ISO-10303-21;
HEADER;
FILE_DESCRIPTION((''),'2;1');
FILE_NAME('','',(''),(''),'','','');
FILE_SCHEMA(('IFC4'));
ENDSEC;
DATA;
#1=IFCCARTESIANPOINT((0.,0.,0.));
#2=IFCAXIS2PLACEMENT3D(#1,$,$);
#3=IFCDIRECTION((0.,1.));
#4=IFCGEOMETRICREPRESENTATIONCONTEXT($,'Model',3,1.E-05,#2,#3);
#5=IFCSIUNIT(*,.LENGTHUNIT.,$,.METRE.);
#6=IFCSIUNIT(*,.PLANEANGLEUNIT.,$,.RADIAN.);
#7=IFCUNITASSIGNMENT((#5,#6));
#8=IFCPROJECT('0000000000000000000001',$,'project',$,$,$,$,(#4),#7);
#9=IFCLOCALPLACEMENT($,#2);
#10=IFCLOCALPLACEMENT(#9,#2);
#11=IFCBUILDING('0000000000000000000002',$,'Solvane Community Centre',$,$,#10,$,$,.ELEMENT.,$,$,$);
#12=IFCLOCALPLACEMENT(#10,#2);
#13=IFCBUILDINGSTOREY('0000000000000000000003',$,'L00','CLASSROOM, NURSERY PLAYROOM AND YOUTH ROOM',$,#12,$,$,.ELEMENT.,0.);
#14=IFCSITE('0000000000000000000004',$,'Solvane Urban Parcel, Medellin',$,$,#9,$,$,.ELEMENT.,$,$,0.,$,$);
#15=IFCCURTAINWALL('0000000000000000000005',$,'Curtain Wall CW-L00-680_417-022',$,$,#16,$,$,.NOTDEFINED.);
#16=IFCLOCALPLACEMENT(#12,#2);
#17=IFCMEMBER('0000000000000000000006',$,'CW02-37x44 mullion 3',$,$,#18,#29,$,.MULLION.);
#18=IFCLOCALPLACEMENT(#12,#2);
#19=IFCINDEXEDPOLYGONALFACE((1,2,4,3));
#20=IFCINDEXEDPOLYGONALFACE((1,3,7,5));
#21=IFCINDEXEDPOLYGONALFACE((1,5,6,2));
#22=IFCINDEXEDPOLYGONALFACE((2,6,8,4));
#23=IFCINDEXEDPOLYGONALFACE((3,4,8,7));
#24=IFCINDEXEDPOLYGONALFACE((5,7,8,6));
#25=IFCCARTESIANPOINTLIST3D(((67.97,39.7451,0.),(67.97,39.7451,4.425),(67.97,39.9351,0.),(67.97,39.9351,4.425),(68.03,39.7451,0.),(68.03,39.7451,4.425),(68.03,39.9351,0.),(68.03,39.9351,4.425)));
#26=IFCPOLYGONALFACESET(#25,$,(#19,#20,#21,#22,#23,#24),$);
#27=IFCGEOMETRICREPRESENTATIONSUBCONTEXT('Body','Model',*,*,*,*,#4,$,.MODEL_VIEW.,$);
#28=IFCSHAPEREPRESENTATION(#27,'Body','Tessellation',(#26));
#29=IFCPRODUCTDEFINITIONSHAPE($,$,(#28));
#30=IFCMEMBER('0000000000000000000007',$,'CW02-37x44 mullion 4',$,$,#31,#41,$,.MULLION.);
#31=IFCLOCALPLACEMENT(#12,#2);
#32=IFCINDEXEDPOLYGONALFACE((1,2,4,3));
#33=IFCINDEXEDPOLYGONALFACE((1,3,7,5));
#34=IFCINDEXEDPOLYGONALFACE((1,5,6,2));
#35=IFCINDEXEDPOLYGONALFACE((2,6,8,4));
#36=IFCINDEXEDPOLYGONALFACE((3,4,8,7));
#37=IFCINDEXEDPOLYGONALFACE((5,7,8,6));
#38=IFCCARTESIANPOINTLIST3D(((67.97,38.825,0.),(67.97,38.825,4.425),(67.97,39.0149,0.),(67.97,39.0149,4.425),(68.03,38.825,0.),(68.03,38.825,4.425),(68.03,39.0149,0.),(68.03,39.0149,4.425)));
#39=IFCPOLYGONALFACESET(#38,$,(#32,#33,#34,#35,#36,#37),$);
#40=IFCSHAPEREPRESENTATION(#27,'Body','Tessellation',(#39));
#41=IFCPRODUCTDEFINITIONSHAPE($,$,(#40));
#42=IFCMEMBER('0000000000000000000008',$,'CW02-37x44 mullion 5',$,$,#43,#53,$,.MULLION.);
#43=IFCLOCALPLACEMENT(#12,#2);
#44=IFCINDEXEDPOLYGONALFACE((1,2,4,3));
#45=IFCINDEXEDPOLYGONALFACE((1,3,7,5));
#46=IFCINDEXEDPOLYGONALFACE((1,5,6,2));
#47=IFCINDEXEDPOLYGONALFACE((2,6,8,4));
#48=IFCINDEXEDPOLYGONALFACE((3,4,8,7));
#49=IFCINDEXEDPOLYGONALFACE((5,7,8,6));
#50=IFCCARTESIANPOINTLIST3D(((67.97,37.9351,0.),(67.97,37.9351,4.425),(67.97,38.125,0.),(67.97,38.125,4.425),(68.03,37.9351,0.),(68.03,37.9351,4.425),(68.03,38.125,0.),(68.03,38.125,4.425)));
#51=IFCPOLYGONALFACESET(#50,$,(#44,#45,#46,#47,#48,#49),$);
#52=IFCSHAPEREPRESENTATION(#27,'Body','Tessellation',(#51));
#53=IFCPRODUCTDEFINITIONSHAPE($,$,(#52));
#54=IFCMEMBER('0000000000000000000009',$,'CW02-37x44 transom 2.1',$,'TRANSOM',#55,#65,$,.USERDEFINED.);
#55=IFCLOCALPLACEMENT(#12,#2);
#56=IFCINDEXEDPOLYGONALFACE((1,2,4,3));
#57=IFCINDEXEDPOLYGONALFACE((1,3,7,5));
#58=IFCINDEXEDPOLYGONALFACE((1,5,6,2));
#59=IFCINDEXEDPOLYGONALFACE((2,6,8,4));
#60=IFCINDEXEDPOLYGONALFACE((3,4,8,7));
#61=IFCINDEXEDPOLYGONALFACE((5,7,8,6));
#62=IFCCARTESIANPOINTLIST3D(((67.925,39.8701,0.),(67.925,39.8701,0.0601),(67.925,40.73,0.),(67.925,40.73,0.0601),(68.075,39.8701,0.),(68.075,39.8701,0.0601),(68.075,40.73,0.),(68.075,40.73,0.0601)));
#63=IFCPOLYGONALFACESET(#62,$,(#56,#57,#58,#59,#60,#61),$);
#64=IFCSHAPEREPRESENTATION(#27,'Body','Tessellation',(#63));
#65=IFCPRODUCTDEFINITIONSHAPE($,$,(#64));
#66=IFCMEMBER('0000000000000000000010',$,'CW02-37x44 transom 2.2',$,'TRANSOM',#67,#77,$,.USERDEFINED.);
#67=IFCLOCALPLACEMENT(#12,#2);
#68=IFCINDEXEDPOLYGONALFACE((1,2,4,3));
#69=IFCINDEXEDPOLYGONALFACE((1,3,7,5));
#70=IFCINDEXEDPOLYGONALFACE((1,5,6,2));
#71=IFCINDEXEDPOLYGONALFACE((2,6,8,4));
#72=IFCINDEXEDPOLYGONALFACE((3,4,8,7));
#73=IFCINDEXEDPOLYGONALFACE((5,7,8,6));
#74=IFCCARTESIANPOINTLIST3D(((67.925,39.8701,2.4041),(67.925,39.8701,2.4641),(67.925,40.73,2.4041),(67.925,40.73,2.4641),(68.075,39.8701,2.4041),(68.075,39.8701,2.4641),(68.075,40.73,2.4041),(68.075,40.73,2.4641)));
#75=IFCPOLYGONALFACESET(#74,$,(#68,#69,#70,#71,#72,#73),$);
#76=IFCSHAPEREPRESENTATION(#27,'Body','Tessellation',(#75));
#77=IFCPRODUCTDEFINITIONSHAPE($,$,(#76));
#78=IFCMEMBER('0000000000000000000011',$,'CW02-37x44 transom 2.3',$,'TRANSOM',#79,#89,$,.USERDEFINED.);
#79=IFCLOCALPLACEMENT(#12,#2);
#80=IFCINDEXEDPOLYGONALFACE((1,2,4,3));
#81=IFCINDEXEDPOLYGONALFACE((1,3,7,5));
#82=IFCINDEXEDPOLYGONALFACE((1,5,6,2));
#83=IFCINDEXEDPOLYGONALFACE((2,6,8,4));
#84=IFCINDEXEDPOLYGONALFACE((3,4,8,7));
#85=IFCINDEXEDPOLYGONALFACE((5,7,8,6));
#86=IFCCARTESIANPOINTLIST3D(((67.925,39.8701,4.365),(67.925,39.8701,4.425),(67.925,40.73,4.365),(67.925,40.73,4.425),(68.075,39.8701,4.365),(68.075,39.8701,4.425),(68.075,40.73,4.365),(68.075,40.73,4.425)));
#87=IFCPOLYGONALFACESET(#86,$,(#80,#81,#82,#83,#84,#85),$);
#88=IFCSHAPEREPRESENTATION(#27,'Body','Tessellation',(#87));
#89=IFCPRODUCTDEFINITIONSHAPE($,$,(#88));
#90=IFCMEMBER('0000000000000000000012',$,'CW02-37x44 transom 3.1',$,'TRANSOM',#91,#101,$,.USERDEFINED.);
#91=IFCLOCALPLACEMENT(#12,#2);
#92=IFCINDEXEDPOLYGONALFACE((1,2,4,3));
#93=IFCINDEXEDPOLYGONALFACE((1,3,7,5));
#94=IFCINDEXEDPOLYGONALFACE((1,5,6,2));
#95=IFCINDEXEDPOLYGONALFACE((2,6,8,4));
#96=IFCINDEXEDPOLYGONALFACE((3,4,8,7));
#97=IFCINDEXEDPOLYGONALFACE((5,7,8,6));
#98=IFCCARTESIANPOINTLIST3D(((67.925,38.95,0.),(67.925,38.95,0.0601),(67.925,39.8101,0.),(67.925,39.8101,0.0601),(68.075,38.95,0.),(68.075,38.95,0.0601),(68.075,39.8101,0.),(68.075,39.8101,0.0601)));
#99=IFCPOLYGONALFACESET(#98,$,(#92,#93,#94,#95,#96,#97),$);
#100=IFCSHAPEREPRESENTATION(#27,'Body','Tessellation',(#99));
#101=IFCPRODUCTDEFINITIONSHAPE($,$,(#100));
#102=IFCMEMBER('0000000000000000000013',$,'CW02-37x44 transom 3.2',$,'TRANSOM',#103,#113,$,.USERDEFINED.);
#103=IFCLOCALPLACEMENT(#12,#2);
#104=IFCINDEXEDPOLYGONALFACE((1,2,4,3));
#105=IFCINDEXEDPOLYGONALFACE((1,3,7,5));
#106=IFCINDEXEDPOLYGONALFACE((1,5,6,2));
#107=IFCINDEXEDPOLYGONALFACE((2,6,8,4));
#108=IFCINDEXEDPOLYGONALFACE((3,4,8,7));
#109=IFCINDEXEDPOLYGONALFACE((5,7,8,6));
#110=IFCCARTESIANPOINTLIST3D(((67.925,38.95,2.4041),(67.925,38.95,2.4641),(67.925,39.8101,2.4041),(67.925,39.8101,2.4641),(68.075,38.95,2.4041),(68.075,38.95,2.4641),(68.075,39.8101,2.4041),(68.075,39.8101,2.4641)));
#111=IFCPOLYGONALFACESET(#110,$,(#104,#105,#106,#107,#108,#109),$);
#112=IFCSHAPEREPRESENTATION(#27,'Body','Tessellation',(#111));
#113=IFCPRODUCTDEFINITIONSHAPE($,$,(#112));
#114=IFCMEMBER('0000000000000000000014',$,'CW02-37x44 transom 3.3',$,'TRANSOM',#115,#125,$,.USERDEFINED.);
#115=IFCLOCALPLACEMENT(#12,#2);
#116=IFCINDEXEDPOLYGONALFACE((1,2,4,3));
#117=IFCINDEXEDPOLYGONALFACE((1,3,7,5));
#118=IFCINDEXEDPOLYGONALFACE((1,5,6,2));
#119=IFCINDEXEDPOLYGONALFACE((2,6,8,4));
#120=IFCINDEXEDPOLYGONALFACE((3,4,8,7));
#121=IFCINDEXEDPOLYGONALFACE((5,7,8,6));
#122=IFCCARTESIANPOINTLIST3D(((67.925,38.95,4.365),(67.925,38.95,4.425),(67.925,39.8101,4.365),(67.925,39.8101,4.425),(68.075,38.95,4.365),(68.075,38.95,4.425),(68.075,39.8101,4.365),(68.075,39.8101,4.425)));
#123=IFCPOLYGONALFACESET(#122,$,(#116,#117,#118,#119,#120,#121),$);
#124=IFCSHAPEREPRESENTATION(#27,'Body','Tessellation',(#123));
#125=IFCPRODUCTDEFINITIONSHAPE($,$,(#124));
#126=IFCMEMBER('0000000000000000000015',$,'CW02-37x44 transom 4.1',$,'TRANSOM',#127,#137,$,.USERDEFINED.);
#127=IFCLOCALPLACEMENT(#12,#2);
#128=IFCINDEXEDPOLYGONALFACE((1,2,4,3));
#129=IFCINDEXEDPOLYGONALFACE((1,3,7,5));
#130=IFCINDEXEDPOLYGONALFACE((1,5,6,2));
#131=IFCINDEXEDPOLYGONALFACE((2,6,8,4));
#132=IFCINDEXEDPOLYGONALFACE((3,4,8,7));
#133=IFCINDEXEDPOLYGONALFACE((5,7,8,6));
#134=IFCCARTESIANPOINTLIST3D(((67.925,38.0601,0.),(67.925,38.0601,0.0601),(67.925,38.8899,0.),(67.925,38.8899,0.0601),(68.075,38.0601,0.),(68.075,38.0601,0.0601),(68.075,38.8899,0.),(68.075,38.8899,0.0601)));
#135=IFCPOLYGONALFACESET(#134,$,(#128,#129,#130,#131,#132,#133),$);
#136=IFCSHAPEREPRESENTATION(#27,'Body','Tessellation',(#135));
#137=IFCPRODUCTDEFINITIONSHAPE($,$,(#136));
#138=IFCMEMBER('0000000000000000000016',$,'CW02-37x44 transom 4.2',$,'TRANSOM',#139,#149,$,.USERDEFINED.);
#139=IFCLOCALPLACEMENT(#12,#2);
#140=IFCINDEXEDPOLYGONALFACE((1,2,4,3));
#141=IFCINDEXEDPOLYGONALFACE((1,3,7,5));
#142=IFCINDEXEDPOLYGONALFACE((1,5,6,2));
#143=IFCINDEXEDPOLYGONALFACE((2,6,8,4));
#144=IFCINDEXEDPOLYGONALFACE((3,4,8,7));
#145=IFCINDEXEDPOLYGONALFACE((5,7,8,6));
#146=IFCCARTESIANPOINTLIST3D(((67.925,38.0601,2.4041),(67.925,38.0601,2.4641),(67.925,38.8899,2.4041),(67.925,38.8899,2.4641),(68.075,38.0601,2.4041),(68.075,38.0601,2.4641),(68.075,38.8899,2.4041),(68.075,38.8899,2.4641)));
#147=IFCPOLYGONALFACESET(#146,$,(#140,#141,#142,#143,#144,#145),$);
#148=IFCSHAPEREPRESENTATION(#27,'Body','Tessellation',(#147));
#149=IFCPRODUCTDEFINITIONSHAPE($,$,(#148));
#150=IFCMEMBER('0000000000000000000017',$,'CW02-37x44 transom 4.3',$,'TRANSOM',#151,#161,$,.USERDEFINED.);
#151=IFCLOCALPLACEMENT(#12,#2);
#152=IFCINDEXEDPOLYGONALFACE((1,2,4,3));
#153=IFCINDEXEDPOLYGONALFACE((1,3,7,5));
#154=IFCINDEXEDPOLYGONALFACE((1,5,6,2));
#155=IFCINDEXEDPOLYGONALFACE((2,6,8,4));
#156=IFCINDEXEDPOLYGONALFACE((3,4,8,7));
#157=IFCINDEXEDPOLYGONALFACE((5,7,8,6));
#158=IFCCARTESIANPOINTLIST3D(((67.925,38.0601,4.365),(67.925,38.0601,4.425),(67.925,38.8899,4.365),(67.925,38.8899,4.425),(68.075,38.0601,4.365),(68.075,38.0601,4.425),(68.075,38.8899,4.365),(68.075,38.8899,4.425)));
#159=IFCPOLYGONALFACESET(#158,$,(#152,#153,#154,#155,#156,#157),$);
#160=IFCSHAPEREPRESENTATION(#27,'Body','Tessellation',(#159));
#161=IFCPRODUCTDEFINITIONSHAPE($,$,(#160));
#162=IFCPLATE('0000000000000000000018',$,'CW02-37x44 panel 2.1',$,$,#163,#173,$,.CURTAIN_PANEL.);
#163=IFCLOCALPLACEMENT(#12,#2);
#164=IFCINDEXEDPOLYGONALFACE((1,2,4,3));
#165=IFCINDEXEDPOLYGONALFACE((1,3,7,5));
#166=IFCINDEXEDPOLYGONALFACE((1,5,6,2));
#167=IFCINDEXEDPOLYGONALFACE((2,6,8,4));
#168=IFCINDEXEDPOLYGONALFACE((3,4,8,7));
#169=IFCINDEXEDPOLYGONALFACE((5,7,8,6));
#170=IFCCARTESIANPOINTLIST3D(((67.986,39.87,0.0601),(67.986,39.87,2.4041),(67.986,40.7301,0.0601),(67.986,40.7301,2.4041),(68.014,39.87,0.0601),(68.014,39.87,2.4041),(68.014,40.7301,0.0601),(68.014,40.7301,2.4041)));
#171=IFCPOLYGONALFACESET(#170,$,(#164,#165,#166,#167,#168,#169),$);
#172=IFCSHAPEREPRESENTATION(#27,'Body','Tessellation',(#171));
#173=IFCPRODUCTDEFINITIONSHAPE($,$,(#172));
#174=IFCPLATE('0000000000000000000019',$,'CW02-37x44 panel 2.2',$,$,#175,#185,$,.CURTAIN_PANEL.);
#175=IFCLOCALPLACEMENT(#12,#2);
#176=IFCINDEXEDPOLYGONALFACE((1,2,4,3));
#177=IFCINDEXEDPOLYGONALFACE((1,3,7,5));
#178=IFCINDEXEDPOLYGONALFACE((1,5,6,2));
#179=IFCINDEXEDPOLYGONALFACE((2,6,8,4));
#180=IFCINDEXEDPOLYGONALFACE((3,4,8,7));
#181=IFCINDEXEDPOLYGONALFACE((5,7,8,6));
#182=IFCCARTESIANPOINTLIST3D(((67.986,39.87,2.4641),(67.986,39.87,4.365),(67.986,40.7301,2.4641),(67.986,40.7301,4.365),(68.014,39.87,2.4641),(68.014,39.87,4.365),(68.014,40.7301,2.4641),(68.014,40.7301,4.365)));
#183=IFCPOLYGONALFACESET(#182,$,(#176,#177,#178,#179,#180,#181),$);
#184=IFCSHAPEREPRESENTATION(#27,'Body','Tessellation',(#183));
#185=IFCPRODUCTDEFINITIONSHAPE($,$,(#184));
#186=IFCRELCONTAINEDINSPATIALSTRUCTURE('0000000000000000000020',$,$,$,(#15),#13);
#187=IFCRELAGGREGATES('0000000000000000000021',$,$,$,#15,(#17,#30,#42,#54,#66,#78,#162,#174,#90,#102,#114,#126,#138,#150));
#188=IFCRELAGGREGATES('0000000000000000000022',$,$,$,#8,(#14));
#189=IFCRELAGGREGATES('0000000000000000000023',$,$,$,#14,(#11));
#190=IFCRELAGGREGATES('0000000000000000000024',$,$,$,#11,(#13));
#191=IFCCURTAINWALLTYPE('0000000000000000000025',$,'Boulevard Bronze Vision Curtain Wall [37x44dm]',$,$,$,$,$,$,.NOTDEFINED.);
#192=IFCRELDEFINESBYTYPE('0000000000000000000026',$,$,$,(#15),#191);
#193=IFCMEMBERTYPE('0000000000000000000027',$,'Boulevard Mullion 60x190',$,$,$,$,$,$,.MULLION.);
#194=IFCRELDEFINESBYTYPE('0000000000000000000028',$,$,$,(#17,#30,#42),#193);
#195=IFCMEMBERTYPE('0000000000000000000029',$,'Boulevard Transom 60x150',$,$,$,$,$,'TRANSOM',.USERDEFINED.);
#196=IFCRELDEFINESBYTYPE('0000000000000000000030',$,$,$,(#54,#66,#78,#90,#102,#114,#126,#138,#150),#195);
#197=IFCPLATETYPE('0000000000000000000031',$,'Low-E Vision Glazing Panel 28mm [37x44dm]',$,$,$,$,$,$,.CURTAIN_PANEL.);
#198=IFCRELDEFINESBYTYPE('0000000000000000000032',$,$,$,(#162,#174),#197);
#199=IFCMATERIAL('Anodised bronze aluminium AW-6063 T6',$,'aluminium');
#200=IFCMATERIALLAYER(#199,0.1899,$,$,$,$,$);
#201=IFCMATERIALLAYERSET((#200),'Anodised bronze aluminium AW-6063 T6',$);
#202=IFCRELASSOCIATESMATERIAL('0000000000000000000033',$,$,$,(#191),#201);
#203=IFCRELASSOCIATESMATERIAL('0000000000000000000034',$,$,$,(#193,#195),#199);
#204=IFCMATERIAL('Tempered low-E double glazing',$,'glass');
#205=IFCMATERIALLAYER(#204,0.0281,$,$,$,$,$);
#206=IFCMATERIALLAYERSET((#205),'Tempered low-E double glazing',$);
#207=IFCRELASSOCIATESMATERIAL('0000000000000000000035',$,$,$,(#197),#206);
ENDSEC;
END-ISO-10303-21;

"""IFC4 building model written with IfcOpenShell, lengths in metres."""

from ifc_helpers import new_model, si_unit, direction, frame, origin, origin_2d, place, context, subcontext, project, spatial, rectangle, extrude, material, layer, layer_set, material_profile, profile_set, type_object, element, aggregate, save


model = new_model("IFC4")

# Units and contexts
model_context = context("Model", 3, precision=1e-05, world=origin(), true_north=direction((0.0, 1.0)))
body_context = subcontext(model_context, "Body", "Model", "MODEL_VIEW")
ifc_project = project(units=[si_unit("LENGTHUNIT", "METRE"), si_unit("PLANEANGLEUNIT", "RADIAN")], contexts=[model_context])

# Site, building, storey
site_placement = place(None, origin())
site = spatial("IfcSite", under=ifc_project, at=site_placement, Name="Solvane Urban Parcel, Medellin", CompositionType="ELEMENT", RefElevation=0.0)
building_placement = place(site_placement, origin())
building = spatial("IfcBuilding", under=site, at=building_placement, Name="Solvane Community Centre", CompositionType="ELEMENT")
storey_placement = place(building_placement, origin())
storey = spatial("IfcBuildingStorey", under=building, at=storey_placement, Name="L00", Description="CLASSROOM, NURSERY PLAYROOM AND YOUTH ROOM", CompositionType="ELEMENT", Elevation=0.0)

# Curtain wall, members, plates
ifc_material_1 = material(Name="Anodised bronze aluminium AW-6063 T6", Category="aluminium")
ifc_layer_1 = layer(ifc_material_1, 0.1899)
ifc_layer_set_1 = layer_set([ifc_layer_1], Name="Anodised bronze aluminium AW-6063 T6")
curtain_wall_type = type_object("IfcCurtainWallType", Name="Boulevard Bronze Vision Curtain Wall [37x44dm]", PredefinedType="NOTDEFINED", material=ifc_layer_set_1)
curtain_wall_placement = place(storey_placement, origin())
curtain_wall = element("IfcCurtainWall", 1, at=curtain_wall_placement, inside=storey, type_object=curtain_wall_type, Name="Curtain Wall CW-L00-680_417-022", PredefinedType="NOTDEFINED")
ifc_material_profile_1 = material_profile(ifc_material_1, rectangle(XDim=0.0601, YDim=0.1899, at=origin_2d()), Name="CW-M 60x190")
ifc_profile_set_1 = profile_set([ifc_material_profile_1], Name="Anodised bronze aluminium AW-6063 T6")
member_type_1 = type_object("IfcMemberType", Name="Boulevard Mullion 60x190", PredefinedType="MULLION", material=ifc_profile_set_1)
member_1_placement = place(storey_placement, frame((68.0, 39.8401, 0.0), z_axis=(0.0, 0.0, 1.0), x_axis=(1.0, 0.0, 0.0)))
member_1 = element("IfcMember", 2, at=member_1_placement, type_object=member_type_1, Name="CW02-37x44 mullion 3", PredefinedType="MULLION", context=body_context, shape_type="SweptSolid", body=[
    extrude(rectangle(XDim=0.0601, YDim=0.1899, at=origin_2d()), origin(), (0.0, 0.0, 1.0), 4.425),
])
member_2_placement = place(storey_placement, frame((68.0, 38.9199, 0.0), z_axis=(0.0, 0.0, 1.0), x_axis=(1.0, 0.0, 0.0)))
member_2 = element("IfcMember", 3, at=member_2_placement, type_object=member_type_1, Name="CW02-37x44 mullion 4", PredefinedType="MULLION", context=body_context, shape_type="SweptSolid", body=[
    extrude(rectangle(XDim=0.0601, YDim=0.1899, at=origin_2d()), origin(), (0.0, 0.0, 1.0), 4.425),
])
member_3_placement = place(storey_placement, frame((68.0, 38.03, 0.0), z_axis=(0.0, 0.0, 1.0), x_axis=(1.0, 0.0, 0.0)))
member_3 = element("IfcMember", 4, at=member_3_placement, type_object=member_type_1, Name="CW02-37x44 mullion 5", PredefinedType="MULLION", context=body_context, shape_type="SweptSolid", body=[
    extrude(rectangle(XDim=0.0601, YDim=0.1899, at=origin_2d()), origin(), (0.0, 0.0, 1.0), 4.425),
])
ifc_material_profile_2 = material_profile(ifc_material_1, rectangle(XDim=0.1499, YDim=0.0601, at=origin_2d()), Name="CW-T 60x150")
ifc_profile_set_2 = profile_set([ifc_material_profile_2], Name="Anodised bronze aluminium AW-6063 T6")
member_type_2 = type_object("IfcMemberType", Name="Boulevard Transom 60x150", ElementType="TRANSOM", PredefinedType="USERDEFINED", material=ifc_profile_set_2)
member_4_placement = place(storey_placement, frame((68.0, 40.73, 0.03), z_axis=(0.0, -1.0, 0.0), x_axis=(1.0, 0.0, 0.0)))
member_4 = element("IfcMember", 5, at=member_4_placement, type_object=member_type_2, Name="CW02-37x44 transom 2.1", ObjectType="TRANSOM", PredefinedType="USERDEFINED", context=body_context, shape_type="SweptSolid", body=[
    extrude(rectangle(XDim=0.1499, YDim=0.0601, at=origin_2d()), origin(), (0.0, 0.0, 1.0), 0.8599),
])
member_5_placement = place(storey_placement, frame((68.0, 40.73, 2.4341), z_axis=(0.0, -1.0, 0.0), x_axis=(1.0, 0.0, 0.0)))
member_5 = element("IfcMember", 6, at=member_5_placement, type_object=member_type_2, Name="CW02-37x44 transom 2.2", ObjectType="TRANSOM", PredefinedType="USERDEFINED", context=body_context, shape_type="SweptSolid", body=[
    extrude(rectangle(XDim=0.1499, YDim=0.0601, at=origin_2d()), origin(), (0.0, 0.0, 1.0), 0.8599),
])
member_6_placement = place(storey_placement, frame((68.0, 40.73, 4.395), z_axis=(0.0, -1.0, 0.0), x_axis=(1.0, 0.0, 0.0)))
member_6 = element("IfcMember", 7, at=member_6_placement, type_object=member_type_2, Name="CW02-37x44 transom 2.3", ObjectType="TRANSOM", PredefinedType="USERDEFINED", context=body_context, shape_type="SweptSolid", body=[
    extrude(rectangle(XDim=0.1499, YDim=0.0601, at=origin_2d()), origin(), (0.0, 0.0, 1.0), 0.8599),
])
member_7_placement = place(storey_placement, frame((68.0, 39.8101, 0.03), z_axis=(0.0, -1.0, 0.0), x_axis=(1.0, 0.0, 0.0)))
member_7 = element("IfcMember", 8, at=member_7_placement, type_object=member_type_2, Name="CW02-37x44 transom 3.1", ObjectType="TRANSOM", PredefinedType="USERDEFINED", context=body_context, shape_type="SweptSolid", body=[
    extrude(rectangle(XDim=0.1499, YDim=0.0601, at=origin_2d()), origin(), (0.0, 0.0, 1.0), 0.8601),
])
member_8_placement = place(storey_placement, frame((68.0, 39.8101, 2.4341), z_axis=(0.0, -1.0, 0.0), x_axis=(1.0, 0.0, 0.0)))
member_8 = element("IfcMember", 9, at=member_8_placement, type_object=member_type_2, Name="CW02-37x44 transom 3.2", ObjectType="TRANSOM", PredefinedType="USERDEFINED", context=body_context, shape_type="SweptSolid", body=[
    extrude(rectangle(XDim=0.1499, YDim=0.0601, at=origin_2d()), origin(), (0.0, 0.0, 1.0), 0.8601),
])
member_9_placement = place(storey_placement, frame((68.0, 39.8101, 4.395), z_axis=(0.0, -1.0, 0.0), x_axis=(1.0, 0.0, 0.0)))
member_9 = element("IfcMember", 10, at=member_9_placement, type_object=member_type_2, Name="CW02-37x44 transom 3.3", ObjectType="TRANSOM", PredefinedType="USERDEFINED", context=body_context, shape_type="SweptSolid", body=[
    extrude(rectangle(XDim=0.1499, YDim=0.0601, at=origin_2d()), origin(), (0.0, 0.0, 1.0), 0.8601),
])
member_10_placement = place(storey_placement, frame((68.0, 38.8899, 0.03), z_axis=(0.0, -1.0, 0.0), x_axis=(1.0, 0.0, 0.0)))
member_10 = element("IfcMember", 11, at=member_10_placement, type_object=member_type_2, Name="CW02-37x44 transom 4.1", ObjectType="TRANSOM", PredefinedType="USERDEFINED", context=body_context, shape_type="SweptSolid", body=[
    extrude(rectangle(XDim=0.1499, YDim=0.0601, at=origin_2d()), origin(), (0.0, 0.0, 1.0), 0.8298),
])
member_11_placement = place(storey_placement, frame((68.0, 38.8899, 2.4341), z_axis=(0.0, -1.0, 0.0), x_axis=(1.0, 0.0, 0.0)))
member_11 = element("IfcMember", 12, at=member_11_placement, type_object=member_type_2, Name="CW02-37x44 transom 4.2", ObjectType="TRANSOM", PredefinedType="USERDEFINED", context=body_context, shape_type="SweptSolid", body=[
    extrude(rectangle(XDim=0.1499, YDim=0.0601, at=origin_2d()), origin(), (0.0, 0.0, 1.0), 0.8298),
])
member_12_placement = place(storey_placement, frame((68.0, 38.8899, 4.395), z_axis=(0.0, -1.0, 0.0), x_axis=(1.0, 0.0, 0.0)))
member_12 = element("IfcMember", 13, at=member_12_placement, type_object=member_type_2, Name="CW02-37x44 transom 4.3", ObjectType="TRANSOM", PredefinedType="USERDEFINED", context=body_context, shape_type="SweptSolid", body=[
    extrude(rectangle(XDim=0.1499, YDim=0.0601, at=origin_2d()), origin(), (0.0, 0.0, 1.0), 0.8298),
])
ifc_material_2 = material(Name="Tempered low-E double glazing", Category="glass")
ifc_layer_2 = layer(ifc_material_2, 0.0281)
ifc_layer_set_2 = layer_set([ifc_layer_2], Name="Tempered low-E double glazing")
plate_type = type_object("IfcPlateType", Name="Low-E Vision Glazing Panel 28mm [37x44dm]", PredefinedType="CURTAIN_PANEL", material=ifc_layer_set_2)
plate_1_placement = place(storey_placement, frame((68.0, 40.3, 0.0601), z_axis=(0.0, 0.0, 1.0), x_axis=(0.0, -1.0, 0.0)))
plate_1 = element("IfcPlate", 14, at=plate_1_placement, type_object=plate_type, Name="CW02-37x44 panel 2.1", PredefinedType="CURTAIN_PANEL", context=body_context, shape_type="SweptSolid", body=[
    extrude(rectangle(XDim=0.8601, YDim=0.0281, at=origin_2d()), origin(), (0.0, 0.0, 1.0), 2.344),
])
plate_2_placement = place(storey_placement, frame((68.0, 40.3, 2.4641), z_axis=(0.0, 0.0, 1.0), x_axis=(0.0, -1.0, 0.0)))
plate_2 = element("IfcPlate", 15, at=plate_2_placement, type_object=plate_type, Name="CW02-37x44 panel 2.2", PredefinedType="CURTAIN_PANEL", context=body_context, shape_type="SweptSolid", body=[
    extrude(rectangle(XDim=0.8601, YDim=0.0281, at=origin_2d()), origin(), (0.0, 0.0, 1.0), 1.9009),
])
aggregate(curtain_wall, [member_1, member_2, member_3, member_4, member_5, member_6, plate_1, plate_2, member_7, member_8, member_9, member_10, member_11, member_12])

save(model, "model.ifc")
